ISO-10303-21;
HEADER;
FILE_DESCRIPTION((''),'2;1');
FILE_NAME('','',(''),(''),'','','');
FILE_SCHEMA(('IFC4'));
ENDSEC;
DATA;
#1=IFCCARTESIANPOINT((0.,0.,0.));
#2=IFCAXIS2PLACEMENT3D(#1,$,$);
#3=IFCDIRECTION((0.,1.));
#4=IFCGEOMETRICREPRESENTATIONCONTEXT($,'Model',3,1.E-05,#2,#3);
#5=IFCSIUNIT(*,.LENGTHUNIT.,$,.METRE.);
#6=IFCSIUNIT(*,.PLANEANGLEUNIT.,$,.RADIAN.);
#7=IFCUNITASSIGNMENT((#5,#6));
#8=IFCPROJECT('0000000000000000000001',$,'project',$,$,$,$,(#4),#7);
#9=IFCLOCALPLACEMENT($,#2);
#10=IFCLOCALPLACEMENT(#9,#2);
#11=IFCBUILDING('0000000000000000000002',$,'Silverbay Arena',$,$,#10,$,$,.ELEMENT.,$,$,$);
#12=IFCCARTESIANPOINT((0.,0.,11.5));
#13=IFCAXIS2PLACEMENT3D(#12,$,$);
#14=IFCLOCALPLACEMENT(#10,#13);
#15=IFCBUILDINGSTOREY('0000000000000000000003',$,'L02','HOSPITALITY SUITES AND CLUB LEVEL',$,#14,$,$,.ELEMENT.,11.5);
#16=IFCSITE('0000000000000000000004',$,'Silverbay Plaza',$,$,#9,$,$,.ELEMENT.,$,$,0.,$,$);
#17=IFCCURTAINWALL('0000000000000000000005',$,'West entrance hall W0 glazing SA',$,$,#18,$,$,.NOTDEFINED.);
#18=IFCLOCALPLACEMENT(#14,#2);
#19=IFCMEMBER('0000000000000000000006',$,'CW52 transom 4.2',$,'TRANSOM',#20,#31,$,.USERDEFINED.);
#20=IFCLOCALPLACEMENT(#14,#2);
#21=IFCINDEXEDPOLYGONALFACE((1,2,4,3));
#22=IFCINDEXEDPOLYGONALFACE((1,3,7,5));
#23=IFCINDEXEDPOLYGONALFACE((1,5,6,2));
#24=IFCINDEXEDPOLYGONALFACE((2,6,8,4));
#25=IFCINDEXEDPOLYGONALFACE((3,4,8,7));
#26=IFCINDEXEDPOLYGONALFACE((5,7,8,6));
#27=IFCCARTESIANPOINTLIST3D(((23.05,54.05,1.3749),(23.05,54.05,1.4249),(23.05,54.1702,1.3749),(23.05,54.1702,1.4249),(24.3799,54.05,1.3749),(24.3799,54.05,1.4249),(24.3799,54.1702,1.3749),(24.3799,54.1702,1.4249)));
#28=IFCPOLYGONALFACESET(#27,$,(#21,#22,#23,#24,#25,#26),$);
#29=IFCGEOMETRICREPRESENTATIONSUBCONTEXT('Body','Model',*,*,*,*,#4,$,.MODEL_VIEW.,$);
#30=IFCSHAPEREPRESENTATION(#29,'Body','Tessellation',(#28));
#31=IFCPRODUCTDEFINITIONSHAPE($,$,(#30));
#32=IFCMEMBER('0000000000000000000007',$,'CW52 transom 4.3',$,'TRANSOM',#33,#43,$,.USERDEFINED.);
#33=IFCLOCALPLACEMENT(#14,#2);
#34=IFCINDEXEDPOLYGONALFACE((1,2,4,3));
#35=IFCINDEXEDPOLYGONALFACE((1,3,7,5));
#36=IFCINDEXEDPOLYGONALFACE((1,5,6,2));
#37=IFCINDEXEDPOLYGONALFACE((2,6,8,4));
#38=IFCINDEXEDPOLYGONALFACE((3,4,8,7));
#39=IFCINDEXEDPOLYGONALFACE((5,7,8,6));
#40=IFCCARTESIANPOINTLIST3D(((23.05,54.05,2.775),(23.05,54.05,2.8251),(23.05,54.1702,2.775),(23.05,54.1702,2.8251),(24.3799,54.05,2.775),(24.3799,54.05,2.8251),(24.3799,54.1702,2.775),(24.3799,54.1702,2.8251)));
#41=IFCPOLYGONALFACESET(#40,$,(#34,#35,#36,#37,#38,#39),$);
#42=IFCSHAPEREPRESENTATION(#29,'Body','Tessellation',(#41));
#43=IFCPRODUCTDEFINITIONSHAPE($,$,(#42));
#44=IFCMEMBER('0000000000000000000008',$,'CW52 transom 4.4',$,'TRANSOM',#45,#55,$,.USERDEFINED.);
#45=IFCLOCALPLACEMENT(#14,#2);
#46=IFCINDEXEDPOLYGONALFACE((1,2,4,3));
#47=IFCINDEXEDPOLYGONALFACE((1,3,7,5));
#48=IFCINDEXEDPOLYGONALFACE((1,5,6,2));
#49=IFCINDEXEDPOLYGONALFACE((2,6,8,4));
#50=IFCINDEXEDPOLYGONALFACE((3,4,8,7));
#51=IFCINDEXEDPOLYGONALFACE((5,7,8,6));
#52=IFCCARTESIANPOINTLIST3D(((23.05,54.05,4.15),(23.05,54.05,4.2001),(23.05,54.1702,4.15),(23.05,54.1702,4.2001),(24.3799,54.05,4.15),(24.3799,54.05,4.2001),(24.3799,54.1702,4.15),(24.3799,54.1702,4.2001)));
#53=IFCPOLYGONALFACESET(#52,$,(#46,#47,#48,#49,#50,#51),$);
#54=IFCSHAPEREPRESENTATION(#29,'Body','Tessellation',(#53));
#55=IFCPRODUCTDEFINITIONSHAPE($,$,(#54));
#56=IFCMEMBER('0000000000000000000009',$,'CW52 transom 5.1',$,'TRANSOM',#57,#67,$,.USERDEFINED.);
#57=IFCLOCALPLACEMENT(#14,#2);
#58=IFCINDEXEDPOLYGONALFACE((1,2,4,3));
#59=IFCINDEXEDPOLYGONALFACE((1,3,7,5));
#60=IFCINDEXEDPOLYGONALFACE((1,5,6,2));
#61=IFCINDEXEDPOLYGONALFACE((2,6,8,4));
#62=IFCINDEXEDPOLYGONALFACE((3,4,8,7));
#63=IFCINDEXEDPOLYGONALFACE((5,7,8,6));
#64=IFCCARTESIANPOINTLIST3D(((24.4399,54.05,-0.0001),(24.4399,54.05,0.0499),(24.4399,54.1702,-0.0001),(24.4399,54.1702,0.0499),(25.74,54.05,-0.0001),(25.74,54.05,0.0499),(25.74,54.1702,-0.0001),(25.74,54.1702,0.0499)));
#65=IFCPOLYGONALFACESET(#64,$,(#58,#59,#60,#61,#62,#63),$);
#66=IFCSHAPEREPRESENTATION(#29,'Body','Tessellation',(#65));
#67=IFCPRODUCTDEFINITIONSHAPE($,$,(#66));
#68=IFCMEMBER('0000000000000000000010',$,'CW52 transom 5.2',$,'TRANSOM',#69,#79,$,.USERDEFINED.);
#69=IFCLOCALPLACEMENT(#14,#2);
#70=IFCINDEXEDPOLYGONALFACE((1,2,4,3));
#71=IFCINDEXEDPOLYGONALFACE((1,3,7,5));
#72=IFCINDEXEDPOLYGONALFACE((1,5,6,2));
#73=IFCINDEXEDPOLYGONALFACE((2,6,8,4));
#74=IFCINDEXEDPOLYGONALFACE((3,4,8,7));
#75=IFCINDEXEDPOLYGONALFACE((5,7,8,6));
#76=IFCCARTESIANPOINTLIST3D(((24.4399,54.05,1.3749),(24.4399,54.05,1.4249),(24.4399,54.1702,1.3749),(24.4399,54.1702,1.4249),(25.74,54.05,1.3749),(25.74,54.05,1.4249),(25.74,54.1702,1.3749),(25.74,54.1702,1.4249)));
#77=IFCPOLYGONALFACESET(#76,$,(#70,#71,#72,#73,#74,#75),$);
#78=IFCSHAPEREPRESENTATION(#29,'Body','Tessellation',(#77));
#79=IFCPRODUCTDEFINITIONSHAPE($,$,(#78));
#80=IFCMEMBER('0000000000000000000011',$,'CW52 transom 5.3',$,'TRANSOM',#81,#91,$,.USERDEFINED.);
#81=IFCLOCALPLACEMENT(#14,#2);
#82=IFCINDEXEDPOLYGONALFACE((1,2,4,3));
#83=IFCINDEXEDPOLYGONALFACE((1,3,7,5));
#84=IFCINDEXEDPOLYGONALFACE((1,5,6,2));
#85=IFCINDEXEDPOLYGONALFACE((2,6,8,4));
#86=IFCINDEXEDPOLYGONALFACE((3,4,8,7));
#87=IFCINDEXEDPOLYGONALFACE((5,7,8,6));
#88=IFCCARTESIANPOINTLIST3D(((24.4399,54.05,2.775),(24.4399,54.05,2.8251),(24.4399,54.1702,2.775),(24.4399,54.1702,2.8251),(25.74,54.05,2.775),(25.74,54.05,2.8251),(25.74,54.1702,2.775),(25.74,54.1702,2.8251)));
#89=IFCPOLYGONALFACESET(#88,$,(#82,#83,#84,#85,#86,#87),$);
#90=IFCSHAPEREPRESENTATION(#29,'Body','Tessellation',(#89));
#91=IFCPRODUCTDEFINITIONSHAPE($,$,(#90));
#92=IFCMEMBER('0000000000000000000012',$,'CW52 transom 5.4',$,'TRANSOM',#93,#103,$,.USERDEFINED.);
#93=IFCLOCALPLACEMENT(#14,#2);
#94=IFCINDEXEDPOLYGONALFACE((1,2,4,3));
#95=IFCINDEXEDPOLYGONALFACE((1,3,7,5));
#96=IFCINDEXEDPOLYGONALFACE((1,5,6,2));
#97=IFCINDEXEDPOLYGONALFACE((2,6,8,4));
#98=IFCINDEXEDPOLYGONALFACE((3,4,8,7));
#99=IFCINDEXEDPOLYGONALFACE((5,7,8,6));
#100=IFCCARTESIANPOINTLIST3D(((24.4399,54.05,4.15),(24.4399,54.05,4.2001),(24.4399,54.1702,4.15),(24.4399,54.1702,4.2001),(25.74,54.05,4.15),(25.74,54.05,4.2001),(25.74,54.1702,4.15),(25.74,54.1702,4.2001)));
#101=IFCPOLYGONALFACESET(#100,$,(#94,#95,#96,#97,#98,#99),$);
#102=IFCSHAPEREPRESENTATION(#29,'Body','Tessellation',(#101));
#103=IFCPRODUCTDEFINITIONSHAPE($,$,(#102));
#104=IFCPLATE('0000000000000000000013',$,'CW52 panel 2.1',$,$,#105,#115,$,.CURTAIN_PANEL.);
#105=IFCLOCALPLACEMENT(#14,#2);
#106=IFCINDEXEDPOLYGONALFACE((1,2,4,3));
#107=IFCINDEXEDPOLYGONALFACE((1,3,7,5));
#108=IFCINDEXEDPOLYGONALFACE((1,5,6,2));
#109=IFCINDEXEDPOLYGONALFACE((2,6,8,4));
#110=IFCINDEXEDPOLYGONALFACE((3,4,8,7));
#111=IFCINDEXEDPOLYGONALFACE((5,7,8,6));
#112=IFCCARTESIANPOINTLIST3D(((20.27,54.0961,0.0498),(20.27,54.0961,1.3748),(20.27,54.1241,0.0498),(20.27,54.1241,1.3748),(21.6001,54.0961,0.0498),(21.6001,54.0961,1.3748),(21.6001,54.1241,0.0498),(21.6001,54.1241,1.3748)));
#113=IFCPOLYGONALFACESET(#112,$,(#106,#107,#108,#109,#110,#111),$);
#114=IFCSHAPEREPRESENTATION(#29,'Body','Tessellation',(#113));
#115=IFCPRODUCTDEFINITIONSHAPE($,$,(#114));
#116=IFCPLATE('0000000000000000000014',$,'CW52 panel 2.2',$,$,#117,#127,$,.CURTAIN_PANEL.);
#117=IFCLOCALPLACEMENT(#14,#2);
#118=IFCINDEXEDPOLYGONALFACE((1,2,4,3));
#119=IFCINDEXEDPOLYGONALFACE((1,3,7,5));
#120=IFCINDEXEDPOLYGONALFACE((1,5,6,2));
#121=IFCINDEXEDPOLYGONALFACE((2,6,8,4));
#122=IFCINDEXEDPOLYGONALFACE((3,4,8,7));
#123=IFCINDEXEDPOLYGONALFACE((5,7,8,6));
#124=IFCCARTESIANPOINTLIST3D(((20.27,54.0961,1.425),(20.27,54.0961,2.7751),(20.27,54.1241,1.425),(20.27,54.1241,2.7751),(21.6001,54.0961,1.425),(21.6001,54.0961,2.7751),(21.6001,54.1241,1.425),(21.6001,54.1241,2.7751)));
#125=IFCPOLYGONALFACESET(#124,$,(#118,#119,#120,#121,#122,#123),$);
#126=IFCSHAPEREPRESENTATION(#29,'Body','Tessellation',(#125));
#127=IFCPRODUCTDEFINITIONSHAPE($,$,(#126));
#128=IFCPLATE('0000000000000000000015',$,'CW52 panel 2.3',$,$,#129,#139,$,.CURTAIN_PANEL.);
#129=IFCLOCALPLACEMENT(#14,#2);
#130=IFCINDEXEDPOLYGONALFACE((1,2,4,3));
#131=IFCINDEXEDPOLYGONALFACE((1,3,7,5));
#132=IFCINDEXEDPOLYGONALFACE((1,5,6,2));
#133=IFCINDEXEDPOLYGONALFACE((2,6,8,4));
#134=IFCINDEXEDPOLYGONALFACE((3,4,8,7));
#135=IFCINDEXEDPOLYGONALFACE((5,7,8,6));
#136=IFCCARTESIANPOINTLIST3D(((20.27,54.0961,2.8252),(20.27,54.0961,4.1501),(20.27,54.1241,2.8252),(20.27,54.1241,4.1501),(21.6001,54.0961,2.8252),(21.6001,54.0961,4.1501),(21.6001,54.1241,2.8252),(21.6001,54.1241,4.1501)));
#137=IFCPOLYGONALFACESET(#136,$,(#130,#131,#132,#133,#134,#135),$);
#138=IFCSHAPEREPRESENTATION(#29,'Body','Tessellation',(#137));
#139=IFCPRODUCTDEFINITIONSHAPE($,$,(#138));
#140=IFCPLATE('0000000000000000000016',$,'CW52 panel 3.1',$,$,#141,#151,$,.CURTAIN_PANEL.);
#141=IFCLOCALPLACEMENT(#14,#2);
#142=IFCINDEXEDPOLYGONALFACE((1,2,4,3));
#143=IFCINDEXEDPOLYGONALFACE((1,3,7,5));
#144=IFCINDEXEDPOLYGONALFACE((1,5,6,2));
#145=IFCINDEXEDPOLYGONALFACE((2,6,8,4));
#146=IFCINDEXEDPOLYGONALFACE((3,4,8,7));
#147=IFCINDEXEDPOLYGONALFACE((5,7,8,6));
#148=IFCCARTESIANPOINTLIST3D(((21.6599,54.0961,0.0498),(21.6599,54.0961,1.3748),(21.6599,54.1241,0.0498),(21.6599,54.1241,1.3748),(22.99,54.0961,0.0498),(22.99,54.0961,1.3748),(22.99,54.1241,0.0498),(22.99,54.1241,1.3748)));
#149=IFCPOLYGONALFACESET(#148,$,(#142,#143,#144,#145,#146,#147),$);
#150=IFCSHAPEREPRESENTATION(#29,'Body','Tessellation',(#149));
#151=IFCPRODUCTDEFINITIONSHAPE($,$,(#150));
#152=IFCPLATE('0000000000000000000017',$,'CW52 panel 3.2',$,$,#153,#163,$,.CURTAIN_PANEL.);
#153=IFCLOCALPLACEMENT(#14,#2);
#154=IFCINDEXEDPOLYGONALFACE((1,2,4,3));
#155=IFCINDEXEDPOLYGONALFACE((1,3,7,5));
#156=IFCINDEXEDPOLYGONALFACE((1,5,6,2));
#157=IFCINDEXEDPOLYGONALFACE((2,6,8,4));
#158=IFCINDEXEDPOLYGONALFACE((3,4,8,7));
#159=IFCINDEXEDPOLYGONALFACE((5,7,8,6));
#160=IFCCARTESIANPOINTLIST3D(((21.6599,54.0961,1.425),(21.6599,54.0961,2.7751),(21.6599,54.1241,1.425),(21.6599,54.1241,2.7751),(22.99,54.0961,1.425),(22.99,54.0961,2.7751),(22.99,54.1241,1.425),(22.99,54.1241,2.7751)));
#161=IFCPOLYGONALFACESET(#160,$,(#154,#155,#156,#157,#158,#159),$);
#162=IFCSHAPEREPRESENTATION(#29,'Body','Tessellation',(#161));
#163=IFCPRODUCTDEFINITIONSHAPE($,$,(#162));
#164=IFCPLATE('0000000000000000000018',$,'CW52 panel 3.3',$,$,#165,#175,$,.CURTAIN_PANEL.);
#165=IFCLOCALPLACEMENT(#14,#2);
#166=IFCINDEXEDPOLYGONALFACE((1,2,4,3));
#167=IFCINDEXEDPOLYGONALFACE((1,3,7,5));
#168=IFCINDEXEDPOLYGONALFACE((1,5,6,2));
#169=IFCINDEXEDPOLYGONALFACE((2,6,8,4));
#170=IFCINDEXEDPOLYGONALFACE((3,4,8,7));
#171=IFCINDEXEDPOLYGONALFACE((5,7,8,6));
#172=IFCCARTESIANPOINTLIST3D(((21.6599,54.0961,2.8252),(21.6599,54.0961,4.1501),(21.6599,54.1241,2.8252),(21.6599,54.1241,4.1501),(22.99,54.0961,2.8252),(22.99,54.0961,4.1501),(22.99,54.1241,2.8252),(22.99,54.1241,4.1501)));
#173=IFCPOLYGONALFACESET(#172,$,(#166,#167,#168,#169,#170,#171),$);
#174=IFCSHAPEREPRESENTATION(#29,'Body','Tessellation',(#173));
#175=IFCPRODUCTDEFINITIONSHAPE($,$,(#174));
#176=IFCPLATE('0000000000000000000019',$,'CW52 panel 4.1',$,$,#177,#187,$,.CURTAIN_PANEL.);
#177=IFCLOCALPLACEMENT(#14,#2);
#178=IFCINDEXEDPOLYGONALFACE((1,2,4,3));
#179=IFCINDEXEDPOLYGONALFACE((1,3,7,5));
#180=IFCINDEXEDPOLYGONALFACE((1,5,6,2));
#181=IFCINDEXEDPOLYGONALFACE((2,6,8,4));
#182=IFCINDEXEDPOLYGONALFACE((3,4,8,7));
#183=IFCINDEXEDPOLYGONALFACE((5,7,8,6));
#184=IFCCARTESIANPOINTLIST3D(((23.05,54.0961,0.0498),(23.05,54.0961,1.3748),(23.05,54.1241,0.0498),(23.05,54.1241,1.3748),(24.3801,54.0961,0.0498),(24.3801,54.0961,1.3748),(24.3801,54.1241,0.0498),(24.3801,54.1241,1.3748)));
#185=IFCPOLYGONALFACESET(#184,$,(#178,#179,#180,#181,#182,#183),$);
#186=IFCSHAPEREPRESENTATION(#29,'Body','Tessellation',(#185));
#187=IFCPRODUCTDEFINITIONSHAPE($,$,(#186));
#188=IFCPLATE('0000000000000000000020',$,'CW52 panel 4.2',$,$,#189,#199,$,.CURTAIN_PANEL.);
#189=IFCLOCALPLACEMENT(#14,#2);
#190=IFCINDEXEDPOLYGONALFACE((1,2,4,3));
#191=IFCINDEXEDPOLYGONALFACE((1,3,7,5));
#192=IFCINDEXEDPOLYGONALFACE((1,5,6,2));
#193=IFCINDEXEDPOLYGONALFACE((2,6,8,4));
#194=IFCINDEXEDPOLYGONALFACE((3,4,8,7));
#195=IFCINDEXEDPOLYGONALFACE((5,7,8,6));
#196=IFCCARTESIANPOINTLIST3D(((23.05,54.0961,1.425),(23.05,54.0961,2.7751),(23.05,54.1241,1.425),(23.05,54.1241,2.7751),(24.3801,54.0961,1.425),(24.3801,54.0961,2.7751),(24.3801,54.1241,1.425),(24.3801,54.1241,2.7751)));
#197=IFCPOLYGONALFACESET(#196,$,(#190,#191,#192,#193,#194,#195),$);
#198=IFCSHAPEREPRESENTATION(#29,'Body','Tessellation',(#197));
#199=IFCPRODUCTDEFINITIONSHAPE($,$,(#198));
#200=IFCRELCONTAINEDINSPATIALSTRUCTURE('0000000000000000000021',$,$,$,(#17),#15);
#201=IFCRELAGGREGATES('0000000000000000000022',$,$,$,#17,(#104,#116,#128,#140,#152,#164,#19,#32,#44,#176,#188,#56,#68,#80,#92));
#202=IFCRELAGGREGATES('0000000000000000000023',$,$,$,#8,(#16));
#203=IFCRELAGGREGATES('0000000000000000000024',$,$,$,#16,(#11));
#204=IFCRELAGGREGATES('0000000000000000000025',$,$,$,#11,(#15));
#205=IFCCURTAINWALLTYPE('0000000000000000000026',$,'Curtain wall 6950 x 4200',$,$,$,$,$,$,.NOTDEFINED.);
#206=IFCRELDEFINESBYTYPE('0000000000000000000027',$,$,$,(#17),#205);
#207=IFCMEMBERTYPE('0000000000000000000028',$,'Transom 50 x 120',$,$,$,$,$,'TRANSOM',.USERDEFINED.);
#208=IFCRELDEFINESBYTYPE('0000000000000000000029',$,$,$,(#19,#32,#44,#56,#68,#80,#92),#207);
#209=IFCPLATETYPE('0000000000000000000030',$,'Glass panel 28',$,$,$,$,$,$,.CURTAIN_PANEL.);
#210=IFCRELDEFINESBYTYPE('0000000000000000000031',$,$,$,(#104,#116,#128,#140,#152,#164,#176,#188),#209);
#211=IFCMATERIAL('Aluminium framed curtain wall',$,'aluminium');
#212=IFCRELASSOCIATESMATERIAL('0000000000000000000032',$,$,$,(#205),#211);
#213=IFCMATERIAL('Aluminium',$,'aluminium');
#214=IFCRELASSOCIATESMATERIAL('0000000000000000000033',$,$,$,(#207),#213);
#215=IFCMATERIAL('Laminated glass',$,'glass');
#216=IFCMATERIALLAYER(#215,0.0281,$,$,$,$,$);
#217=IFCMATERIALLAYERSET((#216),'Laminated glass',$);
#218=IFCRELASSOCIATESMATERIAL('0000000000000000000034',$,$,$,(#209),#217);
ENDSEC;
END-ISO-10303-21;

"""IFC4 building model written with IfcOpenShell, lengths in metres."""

from ifc_helpers import new_model, si_unit, direction, frame, origin, origin_2d, place, context, subcontext, project, spatial, rectangle, extrude, material, layer, layer_set, material_profile, profile_set, type_object, element, aggregate, save


model = new_model("IFC4")

# Units and contexts
model_context = context("Model", 3, precision=1e-05, world=origin(), true_north=direction((0.0, 1.0)))
body_context = subcontext(model_context, "Body", "Model", "MODEL_VIEW")
ifc_project = project(units=[si_unit("LENGTHUNIT", "METRE"), si_unit("PLANEANGLEUNIT", "RADIAN")], contexts=[model_context])

# Site, building, storey
site_placement = place(None, origin())
site = spatial("IfcSite", under=ifc_project, at=site_placement, Name="Silverbay Plaza", CompositionType="ELEMENT", RefElevation=0.0)
building_placement = place(site_placement, origin())
building = spatial("IfcBuilding", under=site, at=building_placement, Name="Silverbay Arena", CompositionType="ELEMENT")
storey_placement = place(building_placement, frame((0.0, 0.0, 11.5)))
storey = spatial("IfcBuildingStorey", under=building, at=storey_placement, Name="L02", Description="HOSPITALITY SUITES AND CLUB LEVEL", CompositionType="ELEMENT", Elevation=11.5)

# Curtain wall
ifc_material_1 = material(Name="Aluminium framed curtain wall", Category="aluminium")
curtain_wall_type = type_object("IfcCurtainWallType", Name="Curtain wall 6950 x 4200", PredefinedType="NOTDEFINED", material=ifc_material_1)
curtain_wall_placement = place(storey_placement, origin())
curtain_wall = element("IfcCurtainWall", 1, at=curtain_wall_placement, inside=storey, type_object=curtain_wall_type, Name="West entrance hall W0 glazing SA", PredefinedType="NOTDEFINED")

# Members
ifc_material_2 = material(Name="Aluminium", Category="aluminium")
ifc_material_profile_1 = material_profile(ifc_material_2, rectangle(XDim=0.1201, YDim=0.05, at=origin_2d()), Name="Transom 50 x 120")
ifc_profile_set_1 = profile_set([ifc_material_profile_1], Name="Aluminium")
member_type_1 = type_object("IfcMemberType", Name="Transom 50 x 120", ElementType="TRANSOM", PredefinedType="USERDEFINED", material=ifc_profile_set_1)
member_1_placement = place(storey_placement, frame((23.05, 54.1101, 1.3999), z_axis=(1.0, 0.0, 0.0), x_axis=(0.0, 1.0, 0.0)))
member_1 = element("IfcMember", 2, at=member_1_placement, type_object=member_type_1, Name="CW52 transom 4.2", ObjectType="TRANSOM", PredefinedType="USERDEFINED", context=body_context, shape_type="SweptSolid", body=[
    extrude(rectangle(XDim=0.1201, YDim=0.05, at=origin_2d()), origin(), (0.0, 0.0, 1.0), 1.3298),
])
member_2_placement = place(storey_placement, frame((23.05, 54.1101, 2.8), z_axis=(1.0, 0.0, 0.0), x_axis=(0.0, 1.0, 0.0)))
member_2 = element("IfcMember", 3, at=member_2_placement, type_object=member_type_1, Name="CW52 transom 4.3", ObjectType="TRANSOM", PredefinedType="USERDEFINED", context=body_context, shape_type="SweptSolid", body=[
    extrude(rectangle(XDim=0.1201, YDim=0.05, at=origin_2d()), origin(), (0.0, 0.0, 1.0), 1.3298),
])
member_3_placement = place(storey_placement, frame((23.05, 54.1101, 4.175), z_axis=(1.0, 0.0, 0.0), x_axis=(0.0, 1.0, 0.0)))
member_3 = element("IfcMember", 4, at=member_3_placement, type_object=member_type_1, Name="CW52 transom 4.4", ObjectType="TRANSOM", PredefinedType="USERDEFINED", context=body_context, shape_type="SweptSolid", body=[
    extrude(rectangle(XDim=0.1201, YDim=0.05, at=origin_2d()), origin(), (0.0, 0.0, 1.0), 1.3298),
])
member_4_placement = place(storey_placement, frame((24.4399, 54.1101, 0.0249), z_axis=(1.0, 0.0, 0.0), x_axis=(0.0, 1.0, 0.0)))
member_4 = element("IfcMember", 5, at=member_4_placement, type_object=member_type_1, Name="CW52 transom 5.1", ObjectType="TRANSOM", PredefinedType="USERDEFINED", context=body_context, shape_type="SweptSolid", body=[
    extrude(rectangle(XDim=0.1201, YDim=0.05, at=origin_2d()), origin(), (0.0, 0.0, 1.0), 1.3),
])
member_5_placement = place(storey_placement, frame((24.4399, 54.1101, 1.3999), z_axis=(1.0, 0.0, 0.0), x_axis=(0.0, 1.0, 0.0)))
member_5 = element("IfcMember", 6, at=member_5_placement, type_object=member_type_1, Name="CW52 transom 5.2", ObjectType="TRANSOM", PredefinedType="USERDEFINED", context=body_context, shape_type="SweptSolid", body=[
    extrude(rectangle(XDim=0.1201, YDim=0.05, at=origin_2d()), origin(), (0.0, 0.0, 1.0), 1.3),
])
member_6_placement = place(storey_placement, frame((24.4399, 54.1101, 2.8), z_axis=(1.0, 0.0, 0.0), x_axis=(0.0, 1.0, 0.0)))
member_6 = element("IfcMember", 7, at=member_6_placement, type_object=member_type_1, Name="CW52 transom 5.3", ObjectType="TRANSOM", PredefinedType="USERDEFINED", context=body_context, shape_type="SweptSolid", body=[
    extrude(rectangle(XDim=0.1201, YDim=0.05, at=origin_2d()), origin(), (0.0, 0.0, 1.0), 1.3),
])
member_7_placement = place(storey_placement, frame((24.4399, 54.1101, 4.175), z_axis=(1.0, 0.0, 0.0), x_axis=(0.0, 1.0, 0.0)))
member_7 = element("IfcMember", 8, at=member_7_placement, type_object=member_type_1, Name="CW52 transom 5.4", ObjectType="TRANSOM", PredefinedType="USERDEFINED", context=body_context, shape_type="SweptSolid", body=[
    extrude(rectangle(XDim=0.1201, YDim=0.05, at=origin_2d()), origin(), (0.0, 0.0, 1.0), 1.3),
])

# Plates
ifc_material_3 = material(Name="Laminated glass", Category="glass")
ifc_layer = layer(ifc_material_3, 0.0281)
ifc_layer_set = layer_set([ifc_layer], Name="Laminated glass")
plate_type = type_object("IfcPlateType", Name="Glass panel 28", PredefinedType="CURTAIN_PANEL", material=ifc_layer_set)
plate_1_placement = place(storey_placement, frame((20.9351, 54.1101, 0.0498), z_axis=(0.0, 0.0, 1.0), x_axis=(1.0, 0.0, 0.0)))
plate_1 = element("IfcPlate", 9, at=plate_1_placement, type_object=plate_type, Name="CW52 panel 2.1", PredefinedType="CURTAIN_PANEL", context=body_context, shape_type="SweptSolid", body=[
    extrude(rectangle(XDim=1.3301, YDim=0.0281, at=origin_2d()), origin(), (0.0, 0.0, 1.0), 1.325),
])
plate_2_placement = place(storey_placement, frame((20.9351, 54.1101, 1.425), z_axis=(0.0, 0.0, 1.0), x_axis=(1.0, 0.0, 0.0)))
plate_2 = element("IfcPlate", 10, at=plate_2_placement, type_object=plate_type, Name="CW52 panel 2.2", PredefinedType="CURTAIN_PANEL", context=body_context, shape_type="SweptSolid", body=[
    extrude(rectangle(XDim=1.3301, YDim=0.0281, at=origin_2d()), origin(), (0.0, 0.0, 1.0), 1.3501),
])
plate_3_placement = place(storey_placement, frame((20.9351, 54.1101, 2.8252), z_axis=(0.0, 0.0, 1.0), x_axis=(1.0, 0.0, 0.0)))
plate_3 = element("IfcPlate", 11, at=plate_3_placement, type_object=plate_type, Name="CW52 panel 2.3", PredefinedType="CURTAIN_PANEL", context=body_context, shape_type="SweptSolid", body=[
    extrude(rectangle(XDim=1.3301, YDim=0.0281, at=origin_2d()), origin(), (0.0, 0.0, 1.0), 1.325),
])
plate_4_placement = place(storey_placement, frame((22.325, 54.1101, 0.0498), z_axis=(0.0, 0.0, 1.0), x_axis=(1.0, 0.0, 0.0)))
plate_4 = element("IfcPlate", 12, at=plate_4_placement, type_object=plate_type, Name="CW52 panel 3.1", PredefinedType="CURTAIN_PANEL", context=body_context, shape_type="SweptSolid", body=[
    extrude(rectangle(XDim=1.3301, YDim=0.0281, at=origin_2d()), origin(), (0.0, 0.0, 1.0), 1.325),
])
plate_5_placement = place(storey_placement, frame((22.325, 54.1101, 1.425), z_axis=(0.0, 0.0, 1.0), x_axis=(1.0, 0.0, 0.0)))
plate_5 = element("IfcPlate", 13, at=plate_5_placement, type_object=plate_type, Name="CW52 panel 3.2", PredefinedType="CURTAIN_PANEL", context=body_context, shape_type="SweptSolid", body=[
    extrude(rectangle(XDim=1.3301, YDim=0.0281, at=origin_2d()), origin(), (0.0, 0.0, 1.0), 1.3501),
])
plate_6_placement = place(storey_placement, frame((22.325, 54.1101, 2.8252), z_axis=(0.0, 0.0, 1.0), x_axis=(1.0, 0.0, 0.0)))
plate_6 = element("IfcPlate", 14, at=plate_6_placement, type_object=plate_type, Name="CW52 panel 3.3", PredefinedType="CURTAIN_PANEL", context=body_context, shape_type="SweptSolid", body=[
    extrude(rectangle(XDim=1.3301, YDim=0.0281, at=origin_2d()), origin(), (0.0, 0.0, 1.0), 1.325),
])
plate_7_placement = place(storey_placement, frame((23.7151, 54.1101, 0.0498), z_axis=(0.0, 0.0, 1.0), x_axis=(1.0, 0.0, 0.0)))
plate_7 = element("IfcPlate", 15, at=plate_7_placement, type_object=plate_type, Name="CW52 panel 4.1", PredefinedType="CURTAIN_PANEL", context=body_context, shape_type="SweptSolid", body=[
    extrude(rectangle(XDim=1.3301, YDim=0.0281, at=origin_2d()), origin(), (0.0, 0.0, 1.0), 1.325),
])
plate_8_placement = place(storey_placement, frame((23.7151, 54.1101, 1.425), z_axis=(0.0, 0.0, 1.0), x_axis=(1.0, 0.0, 0.0)))
plate_8 = element("IfcPlate", 16, at=plate_8_placement, type_object=plate_type, Name="CW52 panel 4.2", PredefinedType="CURTAIN_PANEL", context=body_context, shape_type="SweptSolid", body=[
    extrude(rectangle(XDim=1.3301, YDim=0.0281, at=origin_2d()), origin(), (0.0, 0.0, 1.0), 1.3501),
])
aggregate(curtain_wall, [plate_1, plate_2, plate_3, plate_4, plate_5, plate_6, member_1, member_2, member_3, plate_7, plate_8, member_4, member_5, member_6, member_7])

save(model, "model.ifc")
